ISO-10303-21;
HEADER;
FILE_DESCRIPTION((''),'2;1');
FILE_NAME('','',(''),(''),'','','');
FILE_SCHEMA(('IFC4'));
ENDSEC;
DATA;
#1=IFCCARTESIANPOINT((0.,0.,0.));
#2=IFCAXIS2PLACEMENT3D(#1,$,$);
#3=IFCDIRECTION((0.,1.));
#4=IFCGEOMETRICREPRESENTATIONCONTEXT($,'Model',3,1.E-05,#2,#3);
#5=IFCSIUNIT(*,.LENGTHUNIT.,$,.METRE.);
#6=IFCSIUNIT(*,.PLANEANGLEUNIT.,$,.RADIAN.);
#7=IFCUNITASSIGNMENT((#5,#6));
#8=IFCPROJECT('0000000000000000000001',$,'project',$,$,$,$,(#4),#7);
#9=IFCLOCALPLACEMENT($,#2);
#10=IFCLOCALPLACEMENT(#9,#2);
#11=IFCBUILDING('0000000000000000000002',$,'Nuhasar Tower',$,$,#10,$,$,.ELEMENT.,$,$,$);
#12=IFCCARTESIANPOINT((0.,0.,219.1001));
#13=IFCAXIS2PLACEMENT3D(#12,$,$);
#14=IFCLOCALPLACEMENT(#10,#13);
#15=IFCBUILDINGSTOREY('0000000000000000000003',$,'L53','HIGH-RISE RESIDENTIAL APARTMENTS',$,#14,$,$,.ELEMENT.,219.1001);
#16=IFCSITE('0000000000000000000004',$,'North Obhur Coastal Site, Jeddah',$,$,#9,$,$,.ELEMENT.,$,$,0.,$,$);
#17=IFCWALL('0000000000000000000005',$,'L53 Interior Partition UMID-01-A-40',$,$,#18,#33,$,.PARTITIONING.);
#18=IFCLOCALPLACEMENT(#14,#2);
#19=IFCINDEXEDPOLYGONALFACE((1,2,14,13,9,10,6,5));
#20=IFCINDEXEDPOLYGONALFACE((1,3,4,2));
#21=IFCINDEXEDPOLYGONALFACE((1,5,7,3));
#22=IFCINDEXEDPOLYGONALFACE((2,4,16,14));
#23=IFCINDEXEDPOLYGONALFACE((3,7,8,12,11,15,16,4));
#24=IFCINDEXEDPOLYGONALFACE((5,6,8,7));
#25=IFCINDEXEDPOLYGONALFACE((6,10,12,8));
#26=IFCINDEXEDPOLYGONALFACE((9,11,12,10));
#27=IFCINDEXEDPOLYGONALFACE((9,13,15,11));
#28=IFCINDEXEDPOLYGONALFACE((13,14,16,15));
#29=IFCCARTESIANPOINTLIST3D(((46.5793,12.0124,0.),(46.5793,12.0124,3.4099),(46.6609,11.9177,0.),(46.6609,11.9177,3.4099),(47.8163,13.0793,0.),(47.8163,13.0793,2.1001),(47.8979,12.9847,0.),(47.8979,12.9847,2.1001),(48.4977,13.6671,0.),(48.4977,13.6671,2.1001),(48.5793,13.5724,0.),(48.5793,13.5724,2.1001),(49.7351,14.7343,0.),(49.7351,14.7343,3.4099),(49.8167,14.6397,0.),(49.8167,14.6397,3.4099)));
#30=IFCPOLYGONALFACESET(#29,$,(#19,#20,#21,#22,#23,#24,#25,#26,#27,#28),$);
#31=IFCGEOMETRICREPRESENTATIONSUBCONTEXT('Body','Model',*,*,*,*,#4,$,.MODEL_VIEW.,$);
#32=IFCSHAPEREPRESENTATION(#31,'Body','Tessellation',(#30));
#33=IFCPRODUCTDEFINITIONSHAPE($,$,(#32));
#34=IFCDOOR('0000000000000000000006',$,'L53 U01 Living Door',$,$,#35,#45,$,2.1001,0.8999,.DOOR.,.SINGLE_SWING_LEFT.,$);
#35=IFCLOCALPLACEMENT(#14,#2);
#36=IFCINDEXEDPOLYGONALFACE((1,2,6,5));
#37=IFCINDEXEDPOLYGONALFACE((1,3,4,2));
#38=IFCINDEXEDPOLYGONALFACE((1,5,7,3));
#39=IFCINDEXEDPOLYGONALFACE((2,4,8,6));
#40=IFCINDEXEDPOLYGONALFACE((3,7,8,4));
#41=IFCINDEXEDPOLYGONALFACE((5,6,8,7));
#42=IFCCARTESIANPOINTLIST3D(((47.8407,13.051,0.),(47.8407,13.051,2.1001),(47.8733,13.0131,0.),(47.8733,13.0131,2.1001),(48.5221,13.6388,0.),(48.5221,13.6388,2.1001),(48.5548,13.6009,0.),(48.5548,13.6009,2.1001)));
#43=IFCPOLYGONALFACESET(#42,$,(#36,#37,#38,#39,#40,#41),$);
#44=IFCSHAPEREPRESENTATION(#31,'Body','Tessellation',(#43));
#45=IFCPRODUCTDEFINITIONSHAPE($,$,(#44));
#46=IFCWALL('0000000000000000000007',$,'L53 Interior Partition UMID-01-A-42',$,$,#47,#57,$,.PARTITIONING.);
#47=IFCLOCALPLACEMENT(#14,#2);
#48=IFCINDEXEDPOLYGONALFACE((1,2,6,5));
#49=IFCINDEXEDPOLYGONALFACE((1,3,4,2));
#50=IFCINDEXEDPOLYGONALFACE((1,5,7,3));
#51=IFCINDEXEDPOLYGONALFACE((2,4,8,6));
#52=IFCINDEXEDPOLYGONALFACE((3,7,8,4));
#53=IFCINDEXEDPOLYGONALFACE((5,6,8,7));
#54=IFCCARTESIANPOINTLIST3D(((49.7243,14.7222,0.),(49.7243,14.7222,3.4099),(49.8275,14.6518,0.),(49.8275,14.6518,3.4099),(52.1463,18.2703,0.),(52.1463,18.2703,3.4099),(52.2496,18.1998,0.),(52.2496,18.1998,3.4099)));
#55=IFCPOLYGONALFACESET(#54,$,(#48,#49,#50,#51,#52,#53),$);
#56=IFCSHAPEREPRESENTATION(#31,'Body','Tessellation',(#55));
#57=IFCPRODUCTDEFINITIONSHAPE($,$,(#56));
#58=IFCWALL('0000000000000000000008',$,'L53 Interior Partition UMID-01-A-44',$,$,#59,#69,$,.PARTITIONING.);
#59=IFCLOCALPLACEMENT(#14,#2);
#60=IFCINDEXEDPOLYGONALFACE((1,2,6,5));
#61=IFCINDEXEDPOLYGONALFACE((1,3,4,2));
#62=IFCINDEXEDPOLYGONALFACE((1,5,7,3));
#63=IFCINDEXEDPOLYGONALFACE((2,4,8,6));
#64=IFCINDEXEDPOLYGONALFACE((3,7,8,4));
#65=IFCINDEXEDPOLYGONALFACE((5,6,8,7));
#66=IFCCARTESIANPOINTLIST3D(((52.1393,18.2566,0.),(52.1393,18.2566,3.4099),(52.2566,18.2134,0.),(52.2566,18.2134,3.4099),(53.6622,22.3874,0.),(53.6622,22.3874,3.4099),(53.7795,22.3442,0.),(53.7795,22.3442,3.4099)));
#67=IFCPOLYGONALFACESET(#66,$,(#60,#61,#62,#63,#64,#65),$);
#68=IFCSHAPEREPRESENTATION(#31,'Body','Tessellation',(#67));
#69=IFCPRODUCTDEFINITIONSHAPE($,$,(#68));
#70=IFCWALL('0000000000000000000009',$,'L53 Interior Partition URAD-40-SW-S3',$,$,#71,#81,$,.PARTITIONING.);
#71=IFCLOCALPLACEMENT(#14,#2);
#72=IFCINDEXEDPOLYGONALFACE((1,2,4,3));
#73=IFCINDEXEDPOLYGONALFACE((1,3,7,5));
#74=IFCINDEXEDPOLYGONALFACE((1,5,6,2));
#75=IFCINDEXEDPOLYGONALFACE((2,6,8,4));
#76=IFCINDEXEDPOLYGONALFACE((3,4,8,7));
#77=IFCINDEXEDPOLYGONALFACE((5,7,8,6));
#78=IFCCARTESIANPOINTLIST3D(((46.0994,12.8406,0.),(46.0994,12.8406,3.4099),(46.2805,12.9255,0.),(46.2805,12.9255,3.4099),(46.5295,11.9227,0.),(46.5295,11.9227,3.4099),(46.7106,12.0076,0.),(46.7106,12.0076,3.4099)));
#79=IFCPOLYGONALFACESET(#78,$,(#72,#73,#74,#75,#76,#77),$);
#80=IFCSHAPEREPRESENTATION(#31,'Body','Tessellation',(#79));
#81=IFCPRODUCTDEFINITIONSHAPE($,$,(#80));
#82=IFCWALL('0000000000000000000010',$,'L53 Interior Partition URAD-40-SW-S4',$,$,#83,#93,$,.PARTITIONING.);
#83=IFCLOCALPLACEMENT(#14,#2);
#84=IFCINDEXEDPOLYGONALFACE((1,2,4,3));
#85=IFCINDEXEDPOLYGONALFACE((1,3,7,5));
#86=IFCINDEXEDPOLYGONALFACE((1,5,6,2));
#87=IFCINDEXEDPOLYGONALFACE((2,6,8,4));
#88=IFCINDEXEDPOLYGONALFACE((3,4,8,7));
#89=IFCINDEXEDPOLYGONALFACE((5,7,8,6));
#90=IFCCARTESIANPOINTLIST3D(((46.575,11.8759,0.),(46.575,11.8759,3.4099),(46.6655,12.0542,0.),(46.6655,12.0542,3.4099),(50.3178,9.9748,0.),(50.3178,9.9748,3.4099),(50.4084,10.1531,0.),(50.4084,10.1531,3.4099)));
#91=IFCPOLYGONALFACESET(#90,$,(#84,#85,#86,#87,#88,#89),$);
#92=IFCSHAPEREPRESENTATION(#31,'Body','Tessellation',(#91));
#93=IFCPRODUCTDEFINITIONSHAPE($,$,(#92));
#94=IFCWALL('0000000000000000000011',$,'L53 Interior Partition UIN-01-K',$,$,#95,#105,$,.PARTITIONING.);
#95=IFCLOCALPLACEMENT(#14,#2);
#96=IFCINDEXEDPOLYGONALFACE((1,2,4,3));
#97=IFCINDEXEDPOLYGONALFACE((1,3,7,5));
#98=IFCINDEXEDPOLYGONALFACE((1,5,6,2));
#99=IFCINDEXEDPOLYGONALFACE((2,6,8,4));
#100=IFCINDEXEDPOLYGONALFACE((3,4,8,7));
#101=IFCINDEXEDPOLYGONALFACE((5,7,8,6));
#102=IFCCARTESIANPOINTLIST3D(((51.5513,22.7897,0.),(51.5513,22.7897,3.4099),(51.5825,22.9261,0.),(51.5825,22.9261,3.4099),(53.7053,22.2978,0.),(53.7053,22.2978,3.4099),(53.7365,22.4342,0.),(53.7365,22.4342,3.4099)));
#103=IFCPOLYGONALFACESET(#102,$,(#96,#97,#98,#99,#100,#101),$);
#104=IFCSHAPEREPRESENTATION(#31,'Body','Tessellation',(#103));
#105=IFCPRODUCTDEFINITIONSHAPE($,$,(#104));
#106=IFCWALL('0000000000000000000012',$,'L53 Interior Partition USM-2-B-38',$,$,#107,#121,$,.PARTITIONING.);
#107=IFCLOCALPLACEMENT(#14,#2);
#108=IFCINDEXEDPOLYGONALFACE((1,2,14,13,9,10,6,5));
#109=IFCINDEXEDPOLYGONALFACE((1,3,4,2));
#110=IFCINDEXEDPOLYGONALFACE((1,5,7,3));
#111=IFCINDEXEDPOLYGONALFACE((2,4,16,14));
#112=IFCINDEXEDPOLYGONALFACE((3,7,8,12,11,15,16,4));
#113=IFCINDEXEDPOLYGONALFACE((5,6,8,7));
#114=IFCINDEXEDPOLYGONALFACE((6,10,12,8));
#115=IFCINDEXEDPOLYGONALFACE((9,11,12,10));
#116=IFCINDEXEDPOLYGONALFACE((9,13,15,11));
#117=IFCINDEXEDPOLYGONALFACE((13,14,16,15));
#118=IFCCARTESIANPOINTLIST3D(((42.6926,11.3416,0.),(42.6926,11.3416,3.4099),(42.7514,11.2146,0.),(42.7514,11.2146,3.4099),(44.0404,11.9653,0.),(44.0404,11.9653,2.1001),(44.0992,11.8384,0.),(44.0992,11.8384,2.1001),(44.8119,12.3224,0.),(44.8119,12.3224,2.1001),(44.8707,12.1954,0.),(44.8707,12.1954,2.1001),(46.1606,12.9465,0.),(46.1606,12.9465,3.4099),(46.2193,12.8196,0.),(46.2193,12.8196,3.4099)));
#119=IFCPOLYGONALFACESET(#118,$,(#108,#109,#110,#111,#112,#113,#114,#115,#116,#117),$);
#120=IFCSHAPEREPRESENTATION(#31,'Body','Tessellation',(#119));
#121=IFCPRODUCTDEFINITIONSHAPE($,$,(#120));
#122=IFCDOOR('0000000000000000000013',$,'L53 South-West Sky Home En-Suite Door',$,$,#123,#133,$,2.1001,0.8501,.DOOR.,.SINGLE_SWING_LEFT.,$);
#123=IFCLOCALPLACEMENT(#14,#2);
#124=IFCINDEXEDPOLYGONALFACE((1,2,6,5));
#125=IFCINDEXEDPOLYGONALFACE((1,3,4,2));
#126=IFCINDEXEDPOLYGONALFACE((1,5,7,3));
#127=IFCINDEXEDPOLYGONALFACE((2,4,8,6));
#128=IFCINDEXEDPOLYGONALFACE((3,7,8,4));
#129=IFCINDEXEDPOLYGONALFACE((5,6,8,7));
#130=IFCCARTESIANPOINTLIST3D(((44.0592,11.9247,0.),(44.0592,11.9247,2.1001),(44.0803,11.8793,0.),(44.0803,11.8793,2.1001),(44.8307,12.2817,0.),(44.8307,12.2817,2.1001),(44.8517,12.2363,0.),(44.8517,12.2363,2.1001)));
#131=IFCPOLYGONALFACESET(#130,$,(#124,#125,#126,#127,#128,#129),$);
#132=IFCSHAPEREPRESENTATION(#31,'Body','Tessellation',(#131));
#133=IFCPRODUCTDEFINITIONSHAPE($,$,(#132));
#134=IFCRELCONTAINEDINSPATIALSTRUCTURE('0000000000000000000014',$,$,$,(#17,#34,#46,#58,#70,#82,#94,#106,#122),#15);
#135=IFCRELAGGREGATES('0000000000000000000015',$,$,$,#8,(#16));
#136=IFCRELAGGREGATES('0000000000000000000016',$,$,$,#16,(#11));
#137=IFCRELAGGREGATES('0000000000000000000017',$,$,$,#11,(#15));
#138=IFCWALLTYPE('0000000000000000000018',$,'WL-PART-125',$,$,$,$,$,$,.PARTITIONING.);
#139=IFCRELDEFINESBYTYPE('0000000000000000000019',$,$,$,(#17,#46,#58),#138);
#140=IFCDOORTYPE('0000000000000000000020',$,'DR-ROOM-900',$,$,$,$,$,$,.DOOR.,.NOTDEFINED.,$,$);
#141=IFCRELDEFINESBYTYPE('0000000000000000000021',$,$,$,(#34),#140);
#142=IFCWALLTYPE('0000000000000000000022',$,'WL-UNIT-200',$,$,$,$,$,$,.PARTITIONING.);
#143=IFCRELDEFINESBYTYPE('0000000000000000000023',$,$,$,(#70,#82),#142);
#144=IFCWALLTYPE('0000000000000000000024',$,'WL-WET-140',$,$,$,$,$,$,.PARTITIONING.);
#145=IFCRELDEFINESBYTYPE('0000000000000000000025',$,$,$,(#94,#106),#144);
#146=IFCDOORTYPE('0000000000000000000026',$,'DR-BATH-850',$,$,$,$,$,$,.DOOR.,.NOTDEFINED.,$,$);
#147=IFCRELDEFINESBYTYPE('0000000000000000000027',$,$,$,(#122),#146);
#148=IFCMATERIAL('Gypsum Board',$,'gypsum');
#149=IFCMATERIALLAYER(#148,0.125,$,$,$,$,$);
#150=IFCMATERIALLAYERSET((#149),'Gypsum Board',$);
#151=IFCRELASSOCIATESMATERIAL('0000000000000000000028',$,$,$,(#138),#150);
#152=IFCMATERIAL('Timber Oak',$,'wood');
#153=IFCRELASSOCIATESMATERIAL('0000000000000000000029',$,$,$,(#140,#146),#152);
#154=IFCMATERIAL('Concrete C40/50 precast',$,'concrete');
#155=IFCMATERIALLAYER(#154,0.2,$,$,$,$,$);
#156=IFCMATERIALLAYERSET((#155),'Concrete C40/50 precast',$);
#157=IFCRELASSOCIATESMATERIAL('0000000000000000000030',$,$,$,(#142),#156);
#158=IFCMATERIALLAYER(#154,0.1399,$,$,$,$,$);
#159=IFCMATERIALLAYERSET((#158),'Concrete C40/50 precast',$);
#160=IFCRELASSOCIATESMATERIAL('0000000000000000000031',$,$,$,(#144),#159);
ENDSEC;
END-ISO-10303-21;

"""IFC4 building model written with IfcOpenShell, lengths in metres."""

from ifc_helpers import new_model, si_unit, direction, frame, frame_2d, origin, place, context, subcontext, project, spatial, rectangle, extrude, material, layer, layer_set, type_object, element, fill, save


model = new_model("IFC4")

# Units and contexts
model_context = context("Model", 3, precision=1e-05, world=origin(), true_north=direction((0.0, 1.0)))
body_context = subcontext(model_context, "Body", "Model", "MODEL_VIEW")
ifc_project = project(units=[si_unit("LENGTHUNIT", "METRE"), si_unit("PLANEANGLEUNIT", "RADIAN")], contexts=[model_context])

# Site, building, storey
site_placement = place(None, origin())
site = spatial("IfcSite", under=ifc_project, at=site_placement, Name="North Obhur Coastal Site, Jeddah", CompositionType="ELEMENT", RefElevation=0.0)
building_placement = place(site_placement, origin())
building = spatial("IfcBuilding", under=site, at=building_placement, Name="Nuhasar Tower", CompositionType="ELEMENT")
storey_placement = place(building_placement, frame((0.0, 0.0, 219.1001)))
storey = spatial("IfcBuildingStorey", under=building, at=storey_placement, Name="L53", Description="HIGH-RISE RESIDENTIAL APARTMENTS", CompositionType="ELEMENT", Elevation=219.1001)

# Shared definitions
ifc_material_1 = material(Name="Gypsum Board", Category="gypsum")

# Shared definitions
ifc_material_2 = material(Name="Timber Oak", Category="wood")

# Wall, opening, door
ifc_layer_1 = layer(ifc_material_1, 0.125)
ifc_layer_set_1 = layer_set([ifc_layer_1], Name="Gypsum Board")
wall_type_1 = type_object("IfcWallType", Name="WL-PART-125", PredefinedType="PARTITIONING", material=ifc_layer_set_1)
wall_1_placement = place(storey_placement, frame((49.7759, 14.687, 0.0), z_axis=(0.0, 0.0, 1.0), x_axis=(-0.757239, -0.653138, 0.0)))
wall_1 = element("IfcWall", 1, at=wall_1_placement, inside=storey, type_object=wall_type_1, Name="L53 Interior Partition UMID-01-A-40", PredefinedType="PARTITIONING", context=body_context, shape_type="SweptSolid", body=[
    extrude(rectangle(XDim=4.1675, YDim=0.125, at=frame_2d((2.0837, 0.0))), origin(), (0.0, 0.0, 1.0), 3.4099),
])
opening_1_placement = place(wall_1_placement, frame((1.634, 0.0, 0.0)))
opening_1 = element("IfcOpeningElement", 2, at=opening_1_placement, cuts=wall_1, PredefinedType="OPENING", context=body_context, shape_type="SweptSolid", body=[
    extrude(rectangle(XDim=0.8999, YDim=2.1001, at=frame_2d((0.45, 1.05))), frame((0.0, 0.0725, 0.0), z_axis=(0.0, -1.0, 0.0), x_axis=(1.0, 0.0, 0.0)), (0.0, 0.0, 1.0), 0.145),
])
door_type_1 = type_object("IfcDoorType", Name="DR-ROOM-900", OperationType="NOTDEFINED", PredefinedType="DOOR", material=ifc_material_2)
door_1_placement = place(opening_1_placement, origin())
door_1 = element("IfcDoor", 3, at=door_1_placement, inside=storey, type_object=door_type_1, Name="L53 U01 Living Door", OperationType="SINGLE_SWING_LEFT", OverallHeight=2.1001, OverallWidth=0.8999, PredefinedType="DOOR", context=body_context, shape_type="SweptSolid", body=[
    extrude(rectangle(XDim=0.8999, YDim=2.1001, at=frame_2d((0.45, 1.05))), frame((0.0, 0.0249, 0.0), z_axis=(0.0, -1.0, 0.0), x_axis=(1.0, 0.0, 0.0)), (0.0, 0.0, 1.0), 0.05),
])
fill(opening_1, door_1)

# Walls
wall_2_placement = place(storey_placement, frame((49.7759, 14.687, 0.0), z_axis=(0.0, 0.0, 1.0), x_axis=(0.563808, 0.825906, 0.0)))
element("IfcWall", 4, at=wall_2_placement, inside=storey, type_object=wall_type_1, Name="L53 Interior Partition UMID-01-A-42", PredefinedType="PARTITIONING", context=body_context, shape_type="SweptSolid", body=[
    extrude(rectangle(XDim=4.2959, YDim=0.125, at=frame_2d((2.1479, 0.0))), origin(), (0.0, 0.0, 1.0), 3.4099),
])
wall_3_placement = place(storey_placement, frame((52.198, 18.2351, 0.0), z_axis=(0.0, 0.0, 1.0), x_axis=(0.345916, 0.938265, 0.0)))
element("IfcWall", 5, at=wall_3_placement, inside=storey, type_object=wall_type_1, Name="L53 Interior Partition UMID-01-A-44", PredefinedType="PARTITIONING", context=body_context, shape_type="SweptSolid", body=[
    extrude(rectangle(XDim=4.4026, YDim=0.125, at=frame_2d((2.2012, 0.0))), origin(), (0.0, 0.0, 1.0), 3.4099),
])
ifc_material_3 = material(Name="Concrete C40/50 precast", Category="concrete")
ifc_layer_2 = layer(ifc_material_3, 0.2)
ifc_layer_set_2 = layer_set([ifc_layer_2], Name="Concrete C40/50 precast")
wall_type_2 = type_object("IfcWallType", Name="WL-UNIT-200", PredefinedType="PARTITIONING", material=ifc_layer_set_2)
wall_4_placement = place(storey_placement, frame((46.1899, 12.8831, 0.0), z_axis=(0.0, 0.0, 1.0), x_axis=(0.424335, -0.905505, 0.0)))
element("IfcWall", 6, at=wall_4_placement, inside=storey, type_object=wall_type_2, Name="L53 Interior Partition URAD-40-SW-S3", PredefinedType="PARTITIONING", context=body_context, shape_type="SweptSolid", body=[
    extrude(rectangle(XDim=1.0137, YDim=0.2, at=frame_2d((0.5068, 0.0))), origin(), (0.0, 0.0, 1.0), 3.4099),
])
wall_5_placement = place(storey_placement, frame((46.6201, 11.9651, 0.0), z_axis=(0.0, 0.0, 1.0), x_axis=(0.891583, -0.452857, 0.0)))
element("IfcWall", 7, at=wall_5_placement, inside=storey, type_object=wall_type_2, Name="L53 Interior Partition URAD-40-SW-S4", PredefinedType="PARTITIONING", context=body_context, shape_type="SweptSolid", body=[
    extrude(rectangle(XDim=4.198, YDim=0.2, at=frame_2d((2.0991, 0.0))), origin(), (0.0, 0.0, 1.0), 3.4099),
])
ifc_layer_3 = layer(ifc_material_3, 0.1399)
ifc_layer_set_3 = layer_set([ifc_layer_3], Name="Concrete C40/50 precast")
wall_type_3 = type_object("IfcWallType", Name="WL-WET-140", PredefinedType="PARTITIONING", material=ifc_layer_set_3)
wall_6_placement = place(storey_placement, frame((51.5669, 22.8579, 0.0), z_axis=(0.0, 0.0, 1.0), x_axis=(0.974899, -0.222648, 0.0)))
element("IfcWall", 8, at=wall_6_placement, inside=storey, type_object=wall_type_3, Name="L53 Interior Partition UIN-01-K", PredefinedType="PARTITIONING", context=body_context, shape_type="SweptSolid", body=[
    extrude(rectangle(XDim=2.2095, YDim=0.1399, at=frame_2d((1.1047, 0.0))), origin(), (0.0, 0.0, 1.0), 3.4099),
])

# Wall, opening, door
wall_7_placement = place(storey_placement, frame((46.1899, 12.8831, 0.0), z_axis=(0.0, 0.0, 1.0), x_axis=(-0.907525, -0.419998, 0.0)))
wall_7 = element("IfcWall", 9, at=wall_7_placement, inside=storey, type_object=wall_type_3, Name="L53 Interior Partition USM-2-B-38", PredefinedType="PARTITIONING", context=body_context, shape_type="SweptSolid", body=[
    extrude(rectangle(XDim=3.8213, YDim=0.1399, at=frame_2d((1.9106, 0.0))), origin(), (0.0, 0.0, 1.0), 3.4099),
])
opening_2_placement = place(wall_7_placement, frame((1.4861, 0.0, 0.0)))
opening_2 = element("IfcOpeningElement", 10, at=opening_2_placement, cuts=wall_7, PredefinedType="OPENING", context=body_context, shape_type="SweptSolid", body=[
    extrude(rectangle(XDim=0.8501, YDim=2.1001, at=frame_2d((0.425, 1.05))), frame((0.0, 0.0801, 0.0), z_axis=(0.0, -1.0, 0.0), x_axis=(1.0, 0.0, 0.0)), (0.0, 0.0, 1.0), 0.1599),
])
door_type_2 = type_object("IfcDoorType", Name="DR-BATH-850", OperationType="NOTDEFINED", PredefinedType="DOOR", material=ifc_material_2)
door_2_placement = place(opening_2_placement, origin())
door_2 = element("IfcDoor", 11, at=door_2_placement, inside=storey, type_object=door_type_2, Name="L53 South-West Sky Home En-Suite Door", OperationType="SINGLE_SWING_LEFT", OverallHeight=2.1001, OverallWidth=0.8501, PredefinedType="DOOR", context=body_context, shape_type="SweptSolid", body=[
    extrude(rectangle(XDim=0.8501, YDim=2.1001, at=frame_2d((0.425, 1.05))), frame((0.0, 0.0249, 0.0), z_axis=(0.0, -1.0, 0.0), x_axis=(1.0, 0.0, 0.0)), (0.0, 0.0, 1.0), 0.05),
])
fill(opening_2, door_2)

save(model, "model.ifc")
